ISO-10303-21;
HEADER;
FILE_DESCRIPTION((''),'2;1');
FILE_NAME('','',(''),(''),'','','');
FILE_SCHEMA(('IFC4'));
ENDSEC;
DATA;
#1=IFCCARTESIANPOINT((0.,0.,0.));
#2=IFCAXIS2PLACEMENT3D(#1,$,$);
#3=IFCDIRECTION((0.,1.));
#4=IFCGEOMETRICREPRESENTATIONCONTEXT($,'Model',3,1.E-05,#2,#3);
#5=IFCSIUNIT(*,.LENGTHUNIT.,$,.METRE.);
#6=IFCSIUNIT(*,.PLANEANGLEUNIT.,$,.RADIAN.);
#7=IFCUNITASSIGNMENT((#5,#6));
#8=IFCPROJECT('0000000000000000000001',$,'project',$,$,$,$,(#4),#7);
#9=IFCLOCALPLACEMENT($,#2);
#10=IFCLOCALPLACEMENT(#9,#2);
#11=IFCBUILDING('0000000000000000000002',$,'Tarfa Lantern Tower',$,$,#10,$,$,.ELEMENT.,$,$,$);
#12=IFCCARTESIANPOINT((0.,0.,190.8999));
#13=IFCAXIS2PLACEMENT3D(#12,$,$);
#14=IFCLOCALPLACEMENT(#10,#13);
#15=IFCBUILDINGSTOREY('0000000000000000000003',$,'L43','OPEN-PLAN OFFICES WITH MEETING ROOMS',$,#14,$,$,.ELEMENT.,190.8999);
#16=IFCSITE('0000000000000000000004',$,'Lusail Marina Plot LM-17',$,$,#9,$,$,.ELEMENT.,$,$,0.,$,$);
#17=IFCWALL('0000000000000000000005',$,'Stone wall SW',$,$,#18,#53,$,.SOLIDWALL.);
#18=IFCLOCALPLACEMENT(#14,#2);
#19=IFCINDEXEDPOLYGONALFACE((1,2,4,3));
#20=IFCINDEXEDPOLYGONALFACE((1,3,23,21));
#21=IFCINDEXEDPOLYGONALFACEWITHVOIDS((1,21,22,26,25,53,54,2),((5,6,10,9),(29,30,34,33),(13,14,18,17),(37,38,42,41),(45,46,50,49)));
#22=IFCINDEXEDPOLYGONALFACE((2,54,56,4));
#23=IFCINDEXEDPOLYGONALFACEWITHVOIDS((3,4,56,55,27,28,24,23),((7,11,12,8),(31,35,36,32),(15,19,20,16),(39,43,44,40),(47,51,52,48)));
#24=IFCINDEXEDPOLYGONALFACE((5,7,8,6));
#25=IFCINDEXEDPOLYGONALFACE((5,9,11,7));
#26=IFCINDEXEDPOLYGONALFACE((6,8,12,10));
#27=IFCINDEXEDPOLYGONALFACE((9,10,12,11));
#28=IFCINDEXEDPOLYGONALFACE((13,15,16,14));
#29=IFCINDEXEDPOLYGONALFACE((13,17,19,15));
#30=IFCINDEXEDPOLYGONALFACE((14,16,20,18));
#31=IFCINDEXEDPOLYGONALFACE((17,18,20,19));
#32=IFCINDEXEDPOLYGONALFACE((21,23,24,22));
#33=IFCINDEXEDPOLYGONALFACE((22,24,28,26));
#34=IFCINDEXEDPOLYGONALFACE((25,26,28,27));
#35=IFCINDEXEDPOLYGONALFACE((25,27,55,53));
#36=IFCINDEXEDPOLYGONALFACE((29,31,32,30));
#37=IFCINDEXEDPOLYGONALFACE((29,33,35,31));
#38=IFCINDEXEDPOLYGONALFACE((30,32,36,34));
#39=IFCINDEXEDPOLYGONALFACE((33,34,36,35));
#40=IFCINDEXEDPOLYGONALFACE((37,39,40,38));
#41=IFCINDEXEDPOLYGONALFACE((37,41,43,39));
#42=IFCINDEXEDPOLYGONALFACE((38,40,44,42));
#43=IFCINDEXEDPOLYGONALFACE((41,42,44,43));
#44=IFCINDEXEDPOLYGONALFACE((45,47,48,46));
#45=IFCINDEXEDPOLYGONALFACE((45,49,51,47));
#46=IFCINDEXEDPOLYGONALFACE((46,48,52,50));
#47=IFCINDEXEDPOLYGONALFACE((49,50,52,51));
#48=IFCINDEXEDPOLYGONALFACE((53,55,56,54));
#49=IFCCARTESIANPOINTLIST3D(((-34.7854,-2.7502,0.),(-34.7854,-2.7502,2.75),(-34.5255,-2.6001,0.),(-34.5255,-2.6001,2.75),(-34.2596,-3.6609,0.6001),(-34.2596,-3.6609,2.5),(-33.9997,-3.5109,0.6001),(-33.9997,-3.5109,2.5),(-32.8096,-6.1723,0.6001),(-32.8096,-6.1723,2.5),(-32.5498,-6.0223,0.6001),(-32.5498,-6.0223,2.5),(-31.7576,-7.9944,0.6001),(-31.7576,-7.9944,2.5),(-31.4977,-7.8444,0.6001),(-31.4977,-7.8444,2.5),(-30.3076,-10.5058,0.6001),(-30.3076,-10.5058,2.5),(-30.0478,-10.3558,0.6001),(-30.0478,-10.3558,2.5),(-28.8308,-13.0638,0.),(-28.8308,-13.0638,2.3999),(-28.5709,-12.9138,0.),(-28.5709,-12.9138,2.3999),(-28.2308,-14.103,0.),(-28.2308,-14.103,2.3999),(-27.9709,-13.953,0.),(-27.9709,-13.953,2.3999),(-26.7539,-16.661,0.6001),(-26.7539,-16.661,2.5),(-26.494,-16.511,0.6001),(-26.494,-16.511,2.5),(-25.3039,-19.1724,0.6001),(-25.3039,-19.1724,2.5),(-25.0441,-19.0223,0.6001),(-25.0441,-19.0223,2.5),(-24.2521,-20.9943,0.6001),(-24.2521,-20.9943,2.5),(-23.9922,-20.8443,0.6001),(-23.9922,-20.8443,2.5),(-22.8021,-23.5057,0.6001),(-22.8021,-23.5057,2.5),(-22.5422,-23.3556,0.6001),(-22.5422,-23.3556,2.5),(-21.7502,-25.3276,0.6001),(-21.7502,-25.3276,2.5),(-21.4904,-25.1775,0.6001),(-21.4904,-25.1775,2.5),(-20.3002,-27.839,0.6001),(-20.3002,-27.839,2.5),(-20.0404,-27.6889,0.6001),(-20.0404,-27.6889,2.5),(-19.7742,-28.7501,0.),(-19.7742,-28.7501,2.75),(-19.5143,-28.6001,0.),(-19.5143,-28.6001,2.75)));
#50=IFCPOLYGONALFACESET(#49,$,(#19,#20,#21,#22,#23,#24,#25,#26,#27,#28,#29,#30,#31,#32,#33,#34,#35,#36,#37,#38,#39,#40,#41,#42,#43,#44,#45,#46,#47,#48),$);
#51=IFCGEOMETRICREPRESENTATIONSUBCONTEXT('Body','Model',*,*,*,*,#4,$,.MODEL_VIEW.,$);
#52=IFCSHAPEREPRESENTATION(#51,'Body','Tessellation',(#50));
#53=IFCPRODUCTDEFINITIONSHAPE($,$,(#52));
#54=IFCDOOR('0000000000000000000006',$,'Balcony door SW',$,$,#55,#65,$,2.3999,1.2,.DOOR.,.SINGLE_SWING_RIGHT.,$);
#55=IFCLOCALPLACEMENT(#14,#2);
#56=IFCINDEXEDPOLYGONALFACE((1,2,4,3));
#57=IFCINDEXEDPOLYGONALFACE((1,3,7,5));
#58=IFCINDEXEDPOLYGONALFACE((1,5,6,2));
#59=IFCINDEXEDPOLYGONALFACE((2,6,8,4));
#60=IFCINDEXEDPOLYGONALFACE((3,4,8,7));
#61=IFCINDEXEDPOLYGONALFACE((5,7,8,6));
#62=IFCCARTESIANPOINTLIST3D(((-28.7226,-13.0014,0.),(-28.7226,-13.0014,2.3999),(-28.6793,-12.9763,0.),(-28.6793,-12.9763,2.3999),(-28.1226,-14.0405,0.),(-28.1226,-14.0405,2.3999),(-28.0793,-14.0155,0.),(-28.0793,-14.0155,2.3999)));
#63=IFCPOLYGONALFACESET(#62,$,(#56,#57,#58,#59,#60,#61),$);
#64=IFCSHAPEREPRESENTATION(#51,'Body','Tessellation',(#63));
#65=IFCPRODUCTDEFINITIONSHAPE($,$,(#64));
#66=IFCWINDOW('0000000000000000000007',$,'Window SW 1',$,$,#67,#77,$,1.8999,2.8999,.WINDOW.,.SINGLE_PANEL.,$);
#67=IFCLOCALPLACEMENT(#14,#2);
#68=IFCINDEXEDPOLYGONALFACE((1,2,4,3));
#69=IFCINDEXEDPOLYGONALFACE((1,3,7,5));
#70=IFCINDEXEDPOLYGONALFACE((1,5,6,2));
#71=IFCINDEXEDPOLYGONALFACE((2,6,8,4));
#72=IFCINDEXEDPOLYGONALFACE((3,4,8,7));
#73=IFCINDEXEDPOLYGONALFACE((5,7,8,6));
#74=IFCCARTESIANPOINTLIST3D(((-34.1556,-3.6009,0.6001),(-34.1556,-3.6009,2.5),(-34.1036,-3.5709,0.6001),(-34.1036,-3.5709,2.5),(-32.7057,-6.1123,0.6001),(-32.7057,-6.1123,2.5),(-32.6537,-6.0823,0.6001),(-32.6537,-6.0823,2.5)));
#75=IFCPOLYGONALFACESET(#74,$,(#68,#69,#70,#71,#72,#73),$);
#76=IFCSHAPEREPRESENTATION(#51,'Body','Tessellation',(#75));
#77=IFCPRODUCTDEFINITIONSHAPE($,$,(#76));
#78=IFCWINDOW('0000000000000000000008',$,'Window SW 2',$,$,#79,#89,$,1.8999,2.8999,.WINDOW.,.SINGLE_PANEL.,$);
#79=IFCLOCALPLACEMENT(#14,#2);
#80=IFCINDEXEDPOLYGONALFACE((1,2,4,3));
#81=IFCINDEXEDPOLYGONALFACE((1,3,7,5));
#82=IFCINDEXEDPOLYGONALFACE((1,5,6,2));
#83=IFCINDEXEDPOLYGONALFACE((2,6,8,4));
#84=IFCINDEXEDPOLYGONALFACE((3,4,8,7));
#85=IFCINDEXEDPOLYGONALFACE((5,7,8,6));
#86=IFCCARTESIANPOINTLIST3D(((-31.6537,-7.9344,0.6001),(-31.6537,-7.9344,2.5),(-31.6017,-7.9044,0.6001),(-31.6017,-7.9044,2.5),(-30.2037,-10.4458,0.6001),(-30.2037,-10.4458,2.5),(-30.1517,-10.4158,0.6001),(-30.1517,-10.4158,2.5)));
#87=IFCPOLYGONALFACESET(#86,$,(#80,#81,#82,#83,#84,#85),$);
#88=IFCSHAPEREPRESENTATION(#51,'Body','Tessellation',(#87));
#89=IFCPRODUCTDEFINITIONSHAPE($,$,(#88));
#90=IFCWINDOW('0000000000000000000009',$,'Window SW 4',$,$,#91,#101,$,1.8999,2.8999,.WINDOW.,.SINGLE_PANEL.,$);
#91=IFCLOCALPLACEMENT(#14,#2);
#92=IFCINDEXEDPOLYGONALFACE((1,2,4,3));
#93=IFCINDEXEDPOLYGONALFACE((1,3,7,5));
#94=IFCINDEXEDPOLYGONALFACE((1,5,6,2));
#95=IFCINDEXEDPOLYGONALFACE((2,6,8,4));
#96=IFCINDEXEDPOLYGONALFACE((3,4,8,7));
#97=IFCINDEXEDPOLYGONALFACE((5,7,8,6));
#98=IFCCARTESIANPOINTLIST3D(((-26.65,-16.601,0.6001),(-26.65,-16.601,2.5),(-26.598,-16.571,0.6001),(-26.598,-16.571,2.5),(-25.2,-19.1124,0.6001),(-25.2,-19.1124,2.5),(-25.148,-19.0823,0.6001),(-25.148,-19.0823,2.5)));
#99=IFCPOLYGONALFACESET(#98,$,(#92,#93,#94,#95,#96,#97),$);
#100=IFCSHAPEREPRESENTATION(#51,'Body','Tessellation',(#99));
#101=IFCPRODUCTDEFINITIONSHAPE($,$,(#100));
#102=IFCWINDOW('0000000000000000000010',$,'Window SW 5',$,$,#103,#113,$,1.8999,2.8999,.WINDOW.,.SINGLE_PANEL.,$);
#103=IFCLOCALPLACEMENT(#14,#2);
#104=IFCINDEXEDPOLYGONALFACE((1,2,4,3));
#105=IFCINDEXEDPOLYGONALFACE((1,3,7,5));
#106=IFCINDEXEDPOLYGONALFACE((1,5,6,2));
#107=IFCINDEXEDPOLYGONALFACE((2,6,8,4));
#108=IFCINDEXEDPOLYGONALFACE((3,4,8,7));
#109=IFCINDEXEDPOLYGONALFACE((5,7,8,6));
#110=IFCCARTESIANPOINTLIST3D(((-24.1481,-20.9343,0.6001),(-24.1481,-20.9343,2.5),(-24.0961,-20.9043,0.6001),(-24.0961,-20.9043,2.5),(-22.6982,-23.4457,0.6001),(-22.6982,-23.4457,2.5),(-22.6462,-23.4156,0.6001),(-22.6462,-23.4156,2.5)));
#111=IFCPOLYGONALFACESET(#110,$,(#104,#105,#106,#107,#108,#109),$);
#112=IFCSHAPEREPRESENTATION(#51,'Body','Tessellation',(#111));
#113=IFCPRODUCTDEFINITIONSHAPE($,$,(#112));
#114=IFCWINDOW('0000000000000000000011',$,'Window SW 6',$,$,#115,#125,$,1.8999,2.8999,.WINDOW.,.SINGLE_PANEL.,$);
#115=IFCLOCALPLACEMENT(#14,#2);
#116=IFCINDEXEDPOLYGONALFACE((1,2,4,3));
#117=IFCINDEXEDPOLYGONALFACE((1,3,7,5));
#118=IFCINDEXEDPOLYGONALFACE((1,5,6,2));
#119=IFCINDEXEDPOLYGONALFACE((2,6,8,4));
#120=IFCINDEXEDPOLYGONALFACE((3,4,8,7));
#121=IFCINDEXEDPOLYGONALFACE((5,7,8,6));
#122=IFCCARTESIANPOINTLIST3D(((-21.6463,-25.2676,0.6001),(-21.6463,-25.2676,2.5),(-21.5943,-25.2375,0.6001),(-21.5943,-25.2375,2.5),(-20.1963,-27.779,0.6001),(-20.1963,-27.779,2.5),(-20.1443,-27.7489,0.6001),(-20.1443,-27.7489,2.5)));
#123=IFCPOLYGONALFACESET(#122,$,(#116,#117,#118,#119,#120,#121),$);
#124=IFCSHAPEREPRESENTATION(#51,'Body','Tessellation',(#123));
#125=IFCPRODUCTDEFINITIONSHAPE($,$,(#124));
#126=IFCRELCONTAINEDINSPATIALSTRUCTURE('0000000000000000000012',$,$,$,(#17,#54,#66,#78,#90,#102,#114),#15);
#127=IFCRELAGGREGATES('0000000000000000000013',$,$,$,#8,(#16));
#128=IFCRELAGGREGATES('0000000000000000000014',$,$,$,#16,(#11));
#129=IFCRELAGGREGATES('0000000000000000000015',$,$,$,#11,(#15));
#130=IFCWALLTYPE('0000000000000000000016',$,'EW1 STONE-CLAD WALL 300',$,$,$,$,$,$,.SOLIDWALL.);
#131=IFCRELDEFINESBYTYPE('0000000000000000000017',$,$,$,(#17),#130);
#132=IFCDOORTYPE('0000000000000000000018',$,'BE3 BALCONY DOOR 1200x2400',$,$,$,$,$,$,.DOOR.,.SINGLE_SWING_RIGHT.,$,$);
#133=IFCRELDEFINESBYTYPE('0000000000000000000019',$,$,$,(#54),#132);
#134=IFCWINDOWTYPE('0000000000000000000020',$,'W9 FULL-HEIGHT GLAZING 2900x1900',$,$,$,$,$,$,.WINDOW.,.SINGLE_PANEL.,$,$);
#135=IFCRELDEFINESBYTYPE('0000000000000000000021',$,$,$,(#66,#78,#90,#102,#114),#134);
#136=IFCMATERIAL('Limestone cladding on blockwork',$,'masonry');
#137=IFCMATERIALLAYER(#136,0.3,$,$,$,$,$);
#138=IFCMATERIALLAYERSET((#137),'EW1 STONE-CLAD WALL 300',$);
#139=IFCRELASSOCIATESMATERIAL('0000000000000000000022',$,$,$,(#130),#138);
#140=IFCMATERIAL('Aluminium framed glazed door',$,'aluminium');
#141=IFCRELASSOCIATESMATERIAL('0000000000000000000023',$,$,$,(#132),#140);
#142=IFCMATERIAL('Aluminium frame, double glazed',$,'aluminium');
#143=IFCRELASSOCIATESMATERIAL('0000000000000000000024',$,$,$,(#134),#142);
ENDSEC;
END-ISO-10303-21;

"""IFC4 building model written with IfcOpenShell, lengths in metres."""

from ifc_helpers import new_model, si_unit, direction, frame, frame_2d, origin, place, context, subcontext, project, spatial, rectangle, extrude, material, layer, layer_set, type_object, element, fill, save


model = new_model("IFC4")

# Units and contexts
model_context = context("Model", 3, precision=1e-05, world=origin(), true_north=direction((0.0, 1.0)))
body_context = subcontext(model_context, "Body", "Model", "MODEL_VIEW")
ifc_project = project(units=[si_unit("LENGTHUNIT", "METRE"), si_unit("PLANEANGLEUNIT", "RADIAN")], contexts=[model_context])

# Site, building, storey
site_placement = place(None, origin())
site = spatial("IfcSite", under=ifc_project, at=site_placement, Name="Lusail Marina Plot LM-17", CompositionType="ELEMENT", RefElevation=0.0)
building_placement = place(site_placement, origin())
building = spatial("IfcBuilding", under=site, at=building_placement, Name="Tarfa Lantern Tower", CompositionType="ELEMENT")
storey_placement = place(building_placement, frame((0.0, 0.0, 190.8999)))
storey = spatial("IfcBuildingStorey", under=building, at=storey_placement, Name="L43", Description="OPEN-PLAN OFFICES WITH MEETING ROOMS", CompositionType="ELEMENT", Elevation=190.8999)

# Wall, openings, door, windows
ifc_material_1 = material(Name="Limestone cladding on blockwork", Category="masonry")
ifc_layer_1 = layer(ifc_material_1, 0.3)
ifc_layer_set_1 = layer_set([ifc_layer_1], Name="EW1 STONE-CLAD WALL 300")
wall_type = type_object("IfcWallType", Name="EW1 STONE-CLAD WALL 300", PredefinedType="SOLIDWALL", material=ifc_layer_set_1)
wall_placement = place(storey_placement, frame((-34.6555, -2.675, 0.0), z_axis=(0.0, 0.0, 1.0), x_axis=(0.500003, -0.866024, 0.0)))
wall = element("IfcWall", 1, at=wall_placement, inside=storey, type_object=wall_type, Name="Stone wall SW", PredefinedType="SOLIDWALL", context=body_context, shape_type="SweptSolid", body=[
    extrude(rectangle(XDim=30.0222, YDim=0.3, at=frame_2d((15.0112, 0.0))), origin(), (0.0, 0.0, 1.0), 2.75),
])
opening_1_placement = place(wall_placement, frame((1.0518, 0.0, 0.6001)))
opening_1 = element("IfcOpeningElement", 2, at=opening_1_placement, cuts=wall, PredefinedType="OPENING", context=body_context, shape_type="SweptSolid", body=[
    extrude(rectangle(XDim=2.8999, YDim=1.8999, at=frame_2d((1.45, 0.95))), frame((0.0, 0.1599, 0.0), z_axis=(0.0, -1.0, 0.0), x_axis=(1.0, 0.0, 0.0)), (0.0, 0.0, 1.0), 0.3201),
])
opening_2_placement = place(wall_placement, frame((6.0557, 0.0, 0.6001)))
opening_2 = element("IfcOpeningElement", 3, at=opening_2_placement, cuts=wall, PredefinedType="OPENING", context=body_context, shape_type="SweptSolid", body=[
    extrude(rectangle(XDim=2.8999, YDim=1.8999, at=frame_2d((1.45, 0.95))), frame((0.0, 0.1599, 0.0), z_axis=(0.0, -1.0, 0.0), x_axis=(1.0, 0.0, 0.0)), (0.0, 0.0, 1.0), 0.3201),
])
opening_3_placement = place(wall_placement, frame((11.9092, 0.0, 0.0)))
opening_3 = element("IfcOpeningElement", 4, at=opening_3_placement, cuts=wall, PredefinedType="OPENING", context=body_context, shape_type="SweptSolid", body=[
    extrude(rectangle(XDim=1.2, YDim=2.3999, at=frame_2d((0.6001, 1.2))), frame((0.0, 0.1599, 0.0), z_axis=(0.0, -1.0, 0.0), x_axis=(1.0, 0.0, 0.0)), (0.0, 0.0, 1.0), 0.3201),
])
opening_4_placement = place(wall_placement, frame((16.063, 0.0, 0.6001)))
opening_4 = element("IfcOpeningElement", 5, at=opening_4_placement, cuts=wall, PredefinedType="OPENING", context=body_context, shape_type="SweptSolid", body=[
    extrude(rectangle(XDim=2.8999, YDim=1.8999, at=frame_2d((1.45, 0.95))), frame((0.0, 0.1599, 0.0), z_axis=(0.0, -1.0, 0.0), x_axis=(1.0, 0.0, 0.0)), (0.0, 0.0, 1.0), 0.3201),
])
opening_5_placement = place(wall_placement, frame((21.0667, 0.0, 0.6001)))
opening_5 = element("IfcOpeningElement", 6, at=opening_5_placement, cuts=wall, PredefinedType="OPENING", context=body_context, shape_type="SweptSolid", body=[
    extrude(rectangle(XDim=2.8999, YDim=1.8999, at=frame_2d((1.45, 0.95))), frame((0.0, 0.1599, 0.0), z_axis=(0.0, -1.0, 0.0), x_axis=(1.0, 0.0, 0.0)), (0.0, 0.0, 1.0), 0.3201),
])
opening_6_placement = place(wall_placement, frame((26.0703, 0.0, 0.6001)))
opening_6 = element("IfcOpeningElement", 7, at=opening_6_placement, cuts=wall, PredefinedType="OPENING", context=body_context, shape_type="SweptSolid", body=[
    extrude(rectangle(XDim=2.8999, YDim=1.8999, at=frame_2d((1.45, 0.95))), frame((0.0, 0.1599, 0.0), z_axis=(0.0, -1.0, 0.0), x_axis=(1.0, 0.0, 0.0)), (0.0, 0.0, 1.0), 0.3201),
])
ifc_material_2 = material(Name="Aluminium framed glazed door", Category="aluminium")
door_type = type_object("IfcDoorType", Name="BE3 BALCONY DOOR 1200x2400", OperationType="SINGLE_SWING_RIGHT", PredefinedType="DOOR", material=ifc_material_2)
door_placement = place(opening_3_placement, origin())
door = element("IfcDoor", 8, at=door_placement, inside=storey, type_object=door_type, Name="Balcony door SW", OperationType="SINGLE_SWING_RIGHT", OverallHeight=2.3999, OverallWidth=1.2, PredefinedType="DOOR", context=body_context, shape_type="SweptSolid", body=[
    extrude(rectangle(XDim=1.2, YDim=2.3999, at=frame_2d((0.6001, 1.2))), frame((0.0, 0.0249, 0.0), z_axis=(0.0, -1.0, 0.0), x_axis=(1.0, 0.0, 0.0)), (0.0, 0.0, 1.0), 0.05),
])
fill(opening_3, door)
ifc_material_3 = material(Name="Aluminium frame, double glazed", Category="aluminium")
window_type = type_object("IfcWindowType", Name="W9 FULL-HEIGHT GLAZING 2900x1900", PartitioningType="SINGLE_PANEL", PredefinedType="WINDOW", material=ifc_material_3)
window_1_placement = place(opening_1_placement, origin())
window_1 = element("IfcWindow", 9, at=window_1_placement, inside=storey, type_object=window_type, Name="Window SW 1", OverallHeight=1.8999, OverallWidth=2.8999, PartitioningType="SINGLE_PANEL", PredefinedType="WINDOW", context=body_context, shape_type="SweptSolid", body=[
    extrude(rectangle(XDim=2.8999, YDim=1.8999, at=frame_2d((1.45, 0.95))), frame((0.0, 0.03, 0.0), z_axis=(0.0, -1.0, 0.0), x_axis=(1.0, 0.0, 0.0)), (0.0, 0.0, 1.0), 0.0601),
])
fill(opening_1, window_1)
window_2_placement = place(opening_2_placement, origin())
window_2 = element("IfcWindow", 10, at=window_2_placement, inside=storey, type_object=window_type, Name="Window SW 2", OverallHeight=1.8999, OverallWidth=2.8999, PartitioningType="SINGLE_PANEL", PredefinedType="WINDOW", context=body_context, shape_type="SweptSolid", body=[
    extrude(rectangle(XDim=2.8999, YDim=1.8999, at=frame_2d((1.45, 0.95))), frame((0.0, 0.03, 0.0), z_axis=(0.0, -1.0, 0.0), x_axis=(1.0, 0.0, 0.0)), (0.0, 0.0, 1.0), 0.0601),
])
fill(opening_2, window_2)
window_3_placement = place(opening_4_placement, origin())
window_3 = element("IfcWindow", 11, at=window_3_placement, inside=storey, type_object=window_type, Name="Window SW 4", OverallHeight=1.8999, OverallWidth=2.8999, PartitioningType="SINGLE_PANEL", PredefinedType="WINDOW", context=body_context, shape_type="SweptSolid", body=[
    extrude(rectangle(XDim=2.8999, YDim=1.8999, at=frame_2d((1.45, 0.95))), frame((0.0, 0.03, 0.0), z_axis=(0.0, -1.0, 0.0), x_axis=(1.0, 0.0, 0.0)), (0.0, 0.0, 1.0), 0.0601),
])
fill(opening_4, window_3)
window_4_placement = place(opening_5_placement, origin())
window_4 = element("IfcWindow", 12, at=window_4_placement, inside=storey, type_object=window_type, Name="Window SW 5", OverallHeight=1.8999, OverallWidth=2.8999, PartitioningType="SINGLE_PANEL", PredefinedType="WINDOW", context=body_context, shape_type="SweptSolid", body=[
    extrude(rectangle(XDim=2.8999, YDim=1.8999, at=frame_2d((1.45, 0.95))), frame((0.0, 0.03, 0.0), z_axis=(0.0, -1.0, 0.0), x_axis=(1.0, 0.0, 0.0)), (0.0, 0.0, 1.0), 0.0601),
])
fill(opening_5, window_4)
window_5_placement = place(opening_6_placement, origin())
window_5 = element("IfcWindow", 13, at=window_5_placement, inside=storey, type_object=window_type, Name="Window SW 6", OverallHeight=1.8999, OverallWidth=2.8999, PartitioningType="SINGLE_PANEL", PredefinedType="WINDOW", context=body_context, shape_type="SweptSolid", body=[
    extrude(rectangle(XDim=2.8999, YDim=1.8999, at=frame_2d((1.45, 0.95))), frame((0.0, 0.03, 0.0), z_axis=(0.0, -1.0, 0.0), x_axis=(1.0, 0.0, 0.0)), (0.0, 0.0, 1.0), 0.0601),
])
fill(opening_6, window_5)

save(model, "model.ifc")
